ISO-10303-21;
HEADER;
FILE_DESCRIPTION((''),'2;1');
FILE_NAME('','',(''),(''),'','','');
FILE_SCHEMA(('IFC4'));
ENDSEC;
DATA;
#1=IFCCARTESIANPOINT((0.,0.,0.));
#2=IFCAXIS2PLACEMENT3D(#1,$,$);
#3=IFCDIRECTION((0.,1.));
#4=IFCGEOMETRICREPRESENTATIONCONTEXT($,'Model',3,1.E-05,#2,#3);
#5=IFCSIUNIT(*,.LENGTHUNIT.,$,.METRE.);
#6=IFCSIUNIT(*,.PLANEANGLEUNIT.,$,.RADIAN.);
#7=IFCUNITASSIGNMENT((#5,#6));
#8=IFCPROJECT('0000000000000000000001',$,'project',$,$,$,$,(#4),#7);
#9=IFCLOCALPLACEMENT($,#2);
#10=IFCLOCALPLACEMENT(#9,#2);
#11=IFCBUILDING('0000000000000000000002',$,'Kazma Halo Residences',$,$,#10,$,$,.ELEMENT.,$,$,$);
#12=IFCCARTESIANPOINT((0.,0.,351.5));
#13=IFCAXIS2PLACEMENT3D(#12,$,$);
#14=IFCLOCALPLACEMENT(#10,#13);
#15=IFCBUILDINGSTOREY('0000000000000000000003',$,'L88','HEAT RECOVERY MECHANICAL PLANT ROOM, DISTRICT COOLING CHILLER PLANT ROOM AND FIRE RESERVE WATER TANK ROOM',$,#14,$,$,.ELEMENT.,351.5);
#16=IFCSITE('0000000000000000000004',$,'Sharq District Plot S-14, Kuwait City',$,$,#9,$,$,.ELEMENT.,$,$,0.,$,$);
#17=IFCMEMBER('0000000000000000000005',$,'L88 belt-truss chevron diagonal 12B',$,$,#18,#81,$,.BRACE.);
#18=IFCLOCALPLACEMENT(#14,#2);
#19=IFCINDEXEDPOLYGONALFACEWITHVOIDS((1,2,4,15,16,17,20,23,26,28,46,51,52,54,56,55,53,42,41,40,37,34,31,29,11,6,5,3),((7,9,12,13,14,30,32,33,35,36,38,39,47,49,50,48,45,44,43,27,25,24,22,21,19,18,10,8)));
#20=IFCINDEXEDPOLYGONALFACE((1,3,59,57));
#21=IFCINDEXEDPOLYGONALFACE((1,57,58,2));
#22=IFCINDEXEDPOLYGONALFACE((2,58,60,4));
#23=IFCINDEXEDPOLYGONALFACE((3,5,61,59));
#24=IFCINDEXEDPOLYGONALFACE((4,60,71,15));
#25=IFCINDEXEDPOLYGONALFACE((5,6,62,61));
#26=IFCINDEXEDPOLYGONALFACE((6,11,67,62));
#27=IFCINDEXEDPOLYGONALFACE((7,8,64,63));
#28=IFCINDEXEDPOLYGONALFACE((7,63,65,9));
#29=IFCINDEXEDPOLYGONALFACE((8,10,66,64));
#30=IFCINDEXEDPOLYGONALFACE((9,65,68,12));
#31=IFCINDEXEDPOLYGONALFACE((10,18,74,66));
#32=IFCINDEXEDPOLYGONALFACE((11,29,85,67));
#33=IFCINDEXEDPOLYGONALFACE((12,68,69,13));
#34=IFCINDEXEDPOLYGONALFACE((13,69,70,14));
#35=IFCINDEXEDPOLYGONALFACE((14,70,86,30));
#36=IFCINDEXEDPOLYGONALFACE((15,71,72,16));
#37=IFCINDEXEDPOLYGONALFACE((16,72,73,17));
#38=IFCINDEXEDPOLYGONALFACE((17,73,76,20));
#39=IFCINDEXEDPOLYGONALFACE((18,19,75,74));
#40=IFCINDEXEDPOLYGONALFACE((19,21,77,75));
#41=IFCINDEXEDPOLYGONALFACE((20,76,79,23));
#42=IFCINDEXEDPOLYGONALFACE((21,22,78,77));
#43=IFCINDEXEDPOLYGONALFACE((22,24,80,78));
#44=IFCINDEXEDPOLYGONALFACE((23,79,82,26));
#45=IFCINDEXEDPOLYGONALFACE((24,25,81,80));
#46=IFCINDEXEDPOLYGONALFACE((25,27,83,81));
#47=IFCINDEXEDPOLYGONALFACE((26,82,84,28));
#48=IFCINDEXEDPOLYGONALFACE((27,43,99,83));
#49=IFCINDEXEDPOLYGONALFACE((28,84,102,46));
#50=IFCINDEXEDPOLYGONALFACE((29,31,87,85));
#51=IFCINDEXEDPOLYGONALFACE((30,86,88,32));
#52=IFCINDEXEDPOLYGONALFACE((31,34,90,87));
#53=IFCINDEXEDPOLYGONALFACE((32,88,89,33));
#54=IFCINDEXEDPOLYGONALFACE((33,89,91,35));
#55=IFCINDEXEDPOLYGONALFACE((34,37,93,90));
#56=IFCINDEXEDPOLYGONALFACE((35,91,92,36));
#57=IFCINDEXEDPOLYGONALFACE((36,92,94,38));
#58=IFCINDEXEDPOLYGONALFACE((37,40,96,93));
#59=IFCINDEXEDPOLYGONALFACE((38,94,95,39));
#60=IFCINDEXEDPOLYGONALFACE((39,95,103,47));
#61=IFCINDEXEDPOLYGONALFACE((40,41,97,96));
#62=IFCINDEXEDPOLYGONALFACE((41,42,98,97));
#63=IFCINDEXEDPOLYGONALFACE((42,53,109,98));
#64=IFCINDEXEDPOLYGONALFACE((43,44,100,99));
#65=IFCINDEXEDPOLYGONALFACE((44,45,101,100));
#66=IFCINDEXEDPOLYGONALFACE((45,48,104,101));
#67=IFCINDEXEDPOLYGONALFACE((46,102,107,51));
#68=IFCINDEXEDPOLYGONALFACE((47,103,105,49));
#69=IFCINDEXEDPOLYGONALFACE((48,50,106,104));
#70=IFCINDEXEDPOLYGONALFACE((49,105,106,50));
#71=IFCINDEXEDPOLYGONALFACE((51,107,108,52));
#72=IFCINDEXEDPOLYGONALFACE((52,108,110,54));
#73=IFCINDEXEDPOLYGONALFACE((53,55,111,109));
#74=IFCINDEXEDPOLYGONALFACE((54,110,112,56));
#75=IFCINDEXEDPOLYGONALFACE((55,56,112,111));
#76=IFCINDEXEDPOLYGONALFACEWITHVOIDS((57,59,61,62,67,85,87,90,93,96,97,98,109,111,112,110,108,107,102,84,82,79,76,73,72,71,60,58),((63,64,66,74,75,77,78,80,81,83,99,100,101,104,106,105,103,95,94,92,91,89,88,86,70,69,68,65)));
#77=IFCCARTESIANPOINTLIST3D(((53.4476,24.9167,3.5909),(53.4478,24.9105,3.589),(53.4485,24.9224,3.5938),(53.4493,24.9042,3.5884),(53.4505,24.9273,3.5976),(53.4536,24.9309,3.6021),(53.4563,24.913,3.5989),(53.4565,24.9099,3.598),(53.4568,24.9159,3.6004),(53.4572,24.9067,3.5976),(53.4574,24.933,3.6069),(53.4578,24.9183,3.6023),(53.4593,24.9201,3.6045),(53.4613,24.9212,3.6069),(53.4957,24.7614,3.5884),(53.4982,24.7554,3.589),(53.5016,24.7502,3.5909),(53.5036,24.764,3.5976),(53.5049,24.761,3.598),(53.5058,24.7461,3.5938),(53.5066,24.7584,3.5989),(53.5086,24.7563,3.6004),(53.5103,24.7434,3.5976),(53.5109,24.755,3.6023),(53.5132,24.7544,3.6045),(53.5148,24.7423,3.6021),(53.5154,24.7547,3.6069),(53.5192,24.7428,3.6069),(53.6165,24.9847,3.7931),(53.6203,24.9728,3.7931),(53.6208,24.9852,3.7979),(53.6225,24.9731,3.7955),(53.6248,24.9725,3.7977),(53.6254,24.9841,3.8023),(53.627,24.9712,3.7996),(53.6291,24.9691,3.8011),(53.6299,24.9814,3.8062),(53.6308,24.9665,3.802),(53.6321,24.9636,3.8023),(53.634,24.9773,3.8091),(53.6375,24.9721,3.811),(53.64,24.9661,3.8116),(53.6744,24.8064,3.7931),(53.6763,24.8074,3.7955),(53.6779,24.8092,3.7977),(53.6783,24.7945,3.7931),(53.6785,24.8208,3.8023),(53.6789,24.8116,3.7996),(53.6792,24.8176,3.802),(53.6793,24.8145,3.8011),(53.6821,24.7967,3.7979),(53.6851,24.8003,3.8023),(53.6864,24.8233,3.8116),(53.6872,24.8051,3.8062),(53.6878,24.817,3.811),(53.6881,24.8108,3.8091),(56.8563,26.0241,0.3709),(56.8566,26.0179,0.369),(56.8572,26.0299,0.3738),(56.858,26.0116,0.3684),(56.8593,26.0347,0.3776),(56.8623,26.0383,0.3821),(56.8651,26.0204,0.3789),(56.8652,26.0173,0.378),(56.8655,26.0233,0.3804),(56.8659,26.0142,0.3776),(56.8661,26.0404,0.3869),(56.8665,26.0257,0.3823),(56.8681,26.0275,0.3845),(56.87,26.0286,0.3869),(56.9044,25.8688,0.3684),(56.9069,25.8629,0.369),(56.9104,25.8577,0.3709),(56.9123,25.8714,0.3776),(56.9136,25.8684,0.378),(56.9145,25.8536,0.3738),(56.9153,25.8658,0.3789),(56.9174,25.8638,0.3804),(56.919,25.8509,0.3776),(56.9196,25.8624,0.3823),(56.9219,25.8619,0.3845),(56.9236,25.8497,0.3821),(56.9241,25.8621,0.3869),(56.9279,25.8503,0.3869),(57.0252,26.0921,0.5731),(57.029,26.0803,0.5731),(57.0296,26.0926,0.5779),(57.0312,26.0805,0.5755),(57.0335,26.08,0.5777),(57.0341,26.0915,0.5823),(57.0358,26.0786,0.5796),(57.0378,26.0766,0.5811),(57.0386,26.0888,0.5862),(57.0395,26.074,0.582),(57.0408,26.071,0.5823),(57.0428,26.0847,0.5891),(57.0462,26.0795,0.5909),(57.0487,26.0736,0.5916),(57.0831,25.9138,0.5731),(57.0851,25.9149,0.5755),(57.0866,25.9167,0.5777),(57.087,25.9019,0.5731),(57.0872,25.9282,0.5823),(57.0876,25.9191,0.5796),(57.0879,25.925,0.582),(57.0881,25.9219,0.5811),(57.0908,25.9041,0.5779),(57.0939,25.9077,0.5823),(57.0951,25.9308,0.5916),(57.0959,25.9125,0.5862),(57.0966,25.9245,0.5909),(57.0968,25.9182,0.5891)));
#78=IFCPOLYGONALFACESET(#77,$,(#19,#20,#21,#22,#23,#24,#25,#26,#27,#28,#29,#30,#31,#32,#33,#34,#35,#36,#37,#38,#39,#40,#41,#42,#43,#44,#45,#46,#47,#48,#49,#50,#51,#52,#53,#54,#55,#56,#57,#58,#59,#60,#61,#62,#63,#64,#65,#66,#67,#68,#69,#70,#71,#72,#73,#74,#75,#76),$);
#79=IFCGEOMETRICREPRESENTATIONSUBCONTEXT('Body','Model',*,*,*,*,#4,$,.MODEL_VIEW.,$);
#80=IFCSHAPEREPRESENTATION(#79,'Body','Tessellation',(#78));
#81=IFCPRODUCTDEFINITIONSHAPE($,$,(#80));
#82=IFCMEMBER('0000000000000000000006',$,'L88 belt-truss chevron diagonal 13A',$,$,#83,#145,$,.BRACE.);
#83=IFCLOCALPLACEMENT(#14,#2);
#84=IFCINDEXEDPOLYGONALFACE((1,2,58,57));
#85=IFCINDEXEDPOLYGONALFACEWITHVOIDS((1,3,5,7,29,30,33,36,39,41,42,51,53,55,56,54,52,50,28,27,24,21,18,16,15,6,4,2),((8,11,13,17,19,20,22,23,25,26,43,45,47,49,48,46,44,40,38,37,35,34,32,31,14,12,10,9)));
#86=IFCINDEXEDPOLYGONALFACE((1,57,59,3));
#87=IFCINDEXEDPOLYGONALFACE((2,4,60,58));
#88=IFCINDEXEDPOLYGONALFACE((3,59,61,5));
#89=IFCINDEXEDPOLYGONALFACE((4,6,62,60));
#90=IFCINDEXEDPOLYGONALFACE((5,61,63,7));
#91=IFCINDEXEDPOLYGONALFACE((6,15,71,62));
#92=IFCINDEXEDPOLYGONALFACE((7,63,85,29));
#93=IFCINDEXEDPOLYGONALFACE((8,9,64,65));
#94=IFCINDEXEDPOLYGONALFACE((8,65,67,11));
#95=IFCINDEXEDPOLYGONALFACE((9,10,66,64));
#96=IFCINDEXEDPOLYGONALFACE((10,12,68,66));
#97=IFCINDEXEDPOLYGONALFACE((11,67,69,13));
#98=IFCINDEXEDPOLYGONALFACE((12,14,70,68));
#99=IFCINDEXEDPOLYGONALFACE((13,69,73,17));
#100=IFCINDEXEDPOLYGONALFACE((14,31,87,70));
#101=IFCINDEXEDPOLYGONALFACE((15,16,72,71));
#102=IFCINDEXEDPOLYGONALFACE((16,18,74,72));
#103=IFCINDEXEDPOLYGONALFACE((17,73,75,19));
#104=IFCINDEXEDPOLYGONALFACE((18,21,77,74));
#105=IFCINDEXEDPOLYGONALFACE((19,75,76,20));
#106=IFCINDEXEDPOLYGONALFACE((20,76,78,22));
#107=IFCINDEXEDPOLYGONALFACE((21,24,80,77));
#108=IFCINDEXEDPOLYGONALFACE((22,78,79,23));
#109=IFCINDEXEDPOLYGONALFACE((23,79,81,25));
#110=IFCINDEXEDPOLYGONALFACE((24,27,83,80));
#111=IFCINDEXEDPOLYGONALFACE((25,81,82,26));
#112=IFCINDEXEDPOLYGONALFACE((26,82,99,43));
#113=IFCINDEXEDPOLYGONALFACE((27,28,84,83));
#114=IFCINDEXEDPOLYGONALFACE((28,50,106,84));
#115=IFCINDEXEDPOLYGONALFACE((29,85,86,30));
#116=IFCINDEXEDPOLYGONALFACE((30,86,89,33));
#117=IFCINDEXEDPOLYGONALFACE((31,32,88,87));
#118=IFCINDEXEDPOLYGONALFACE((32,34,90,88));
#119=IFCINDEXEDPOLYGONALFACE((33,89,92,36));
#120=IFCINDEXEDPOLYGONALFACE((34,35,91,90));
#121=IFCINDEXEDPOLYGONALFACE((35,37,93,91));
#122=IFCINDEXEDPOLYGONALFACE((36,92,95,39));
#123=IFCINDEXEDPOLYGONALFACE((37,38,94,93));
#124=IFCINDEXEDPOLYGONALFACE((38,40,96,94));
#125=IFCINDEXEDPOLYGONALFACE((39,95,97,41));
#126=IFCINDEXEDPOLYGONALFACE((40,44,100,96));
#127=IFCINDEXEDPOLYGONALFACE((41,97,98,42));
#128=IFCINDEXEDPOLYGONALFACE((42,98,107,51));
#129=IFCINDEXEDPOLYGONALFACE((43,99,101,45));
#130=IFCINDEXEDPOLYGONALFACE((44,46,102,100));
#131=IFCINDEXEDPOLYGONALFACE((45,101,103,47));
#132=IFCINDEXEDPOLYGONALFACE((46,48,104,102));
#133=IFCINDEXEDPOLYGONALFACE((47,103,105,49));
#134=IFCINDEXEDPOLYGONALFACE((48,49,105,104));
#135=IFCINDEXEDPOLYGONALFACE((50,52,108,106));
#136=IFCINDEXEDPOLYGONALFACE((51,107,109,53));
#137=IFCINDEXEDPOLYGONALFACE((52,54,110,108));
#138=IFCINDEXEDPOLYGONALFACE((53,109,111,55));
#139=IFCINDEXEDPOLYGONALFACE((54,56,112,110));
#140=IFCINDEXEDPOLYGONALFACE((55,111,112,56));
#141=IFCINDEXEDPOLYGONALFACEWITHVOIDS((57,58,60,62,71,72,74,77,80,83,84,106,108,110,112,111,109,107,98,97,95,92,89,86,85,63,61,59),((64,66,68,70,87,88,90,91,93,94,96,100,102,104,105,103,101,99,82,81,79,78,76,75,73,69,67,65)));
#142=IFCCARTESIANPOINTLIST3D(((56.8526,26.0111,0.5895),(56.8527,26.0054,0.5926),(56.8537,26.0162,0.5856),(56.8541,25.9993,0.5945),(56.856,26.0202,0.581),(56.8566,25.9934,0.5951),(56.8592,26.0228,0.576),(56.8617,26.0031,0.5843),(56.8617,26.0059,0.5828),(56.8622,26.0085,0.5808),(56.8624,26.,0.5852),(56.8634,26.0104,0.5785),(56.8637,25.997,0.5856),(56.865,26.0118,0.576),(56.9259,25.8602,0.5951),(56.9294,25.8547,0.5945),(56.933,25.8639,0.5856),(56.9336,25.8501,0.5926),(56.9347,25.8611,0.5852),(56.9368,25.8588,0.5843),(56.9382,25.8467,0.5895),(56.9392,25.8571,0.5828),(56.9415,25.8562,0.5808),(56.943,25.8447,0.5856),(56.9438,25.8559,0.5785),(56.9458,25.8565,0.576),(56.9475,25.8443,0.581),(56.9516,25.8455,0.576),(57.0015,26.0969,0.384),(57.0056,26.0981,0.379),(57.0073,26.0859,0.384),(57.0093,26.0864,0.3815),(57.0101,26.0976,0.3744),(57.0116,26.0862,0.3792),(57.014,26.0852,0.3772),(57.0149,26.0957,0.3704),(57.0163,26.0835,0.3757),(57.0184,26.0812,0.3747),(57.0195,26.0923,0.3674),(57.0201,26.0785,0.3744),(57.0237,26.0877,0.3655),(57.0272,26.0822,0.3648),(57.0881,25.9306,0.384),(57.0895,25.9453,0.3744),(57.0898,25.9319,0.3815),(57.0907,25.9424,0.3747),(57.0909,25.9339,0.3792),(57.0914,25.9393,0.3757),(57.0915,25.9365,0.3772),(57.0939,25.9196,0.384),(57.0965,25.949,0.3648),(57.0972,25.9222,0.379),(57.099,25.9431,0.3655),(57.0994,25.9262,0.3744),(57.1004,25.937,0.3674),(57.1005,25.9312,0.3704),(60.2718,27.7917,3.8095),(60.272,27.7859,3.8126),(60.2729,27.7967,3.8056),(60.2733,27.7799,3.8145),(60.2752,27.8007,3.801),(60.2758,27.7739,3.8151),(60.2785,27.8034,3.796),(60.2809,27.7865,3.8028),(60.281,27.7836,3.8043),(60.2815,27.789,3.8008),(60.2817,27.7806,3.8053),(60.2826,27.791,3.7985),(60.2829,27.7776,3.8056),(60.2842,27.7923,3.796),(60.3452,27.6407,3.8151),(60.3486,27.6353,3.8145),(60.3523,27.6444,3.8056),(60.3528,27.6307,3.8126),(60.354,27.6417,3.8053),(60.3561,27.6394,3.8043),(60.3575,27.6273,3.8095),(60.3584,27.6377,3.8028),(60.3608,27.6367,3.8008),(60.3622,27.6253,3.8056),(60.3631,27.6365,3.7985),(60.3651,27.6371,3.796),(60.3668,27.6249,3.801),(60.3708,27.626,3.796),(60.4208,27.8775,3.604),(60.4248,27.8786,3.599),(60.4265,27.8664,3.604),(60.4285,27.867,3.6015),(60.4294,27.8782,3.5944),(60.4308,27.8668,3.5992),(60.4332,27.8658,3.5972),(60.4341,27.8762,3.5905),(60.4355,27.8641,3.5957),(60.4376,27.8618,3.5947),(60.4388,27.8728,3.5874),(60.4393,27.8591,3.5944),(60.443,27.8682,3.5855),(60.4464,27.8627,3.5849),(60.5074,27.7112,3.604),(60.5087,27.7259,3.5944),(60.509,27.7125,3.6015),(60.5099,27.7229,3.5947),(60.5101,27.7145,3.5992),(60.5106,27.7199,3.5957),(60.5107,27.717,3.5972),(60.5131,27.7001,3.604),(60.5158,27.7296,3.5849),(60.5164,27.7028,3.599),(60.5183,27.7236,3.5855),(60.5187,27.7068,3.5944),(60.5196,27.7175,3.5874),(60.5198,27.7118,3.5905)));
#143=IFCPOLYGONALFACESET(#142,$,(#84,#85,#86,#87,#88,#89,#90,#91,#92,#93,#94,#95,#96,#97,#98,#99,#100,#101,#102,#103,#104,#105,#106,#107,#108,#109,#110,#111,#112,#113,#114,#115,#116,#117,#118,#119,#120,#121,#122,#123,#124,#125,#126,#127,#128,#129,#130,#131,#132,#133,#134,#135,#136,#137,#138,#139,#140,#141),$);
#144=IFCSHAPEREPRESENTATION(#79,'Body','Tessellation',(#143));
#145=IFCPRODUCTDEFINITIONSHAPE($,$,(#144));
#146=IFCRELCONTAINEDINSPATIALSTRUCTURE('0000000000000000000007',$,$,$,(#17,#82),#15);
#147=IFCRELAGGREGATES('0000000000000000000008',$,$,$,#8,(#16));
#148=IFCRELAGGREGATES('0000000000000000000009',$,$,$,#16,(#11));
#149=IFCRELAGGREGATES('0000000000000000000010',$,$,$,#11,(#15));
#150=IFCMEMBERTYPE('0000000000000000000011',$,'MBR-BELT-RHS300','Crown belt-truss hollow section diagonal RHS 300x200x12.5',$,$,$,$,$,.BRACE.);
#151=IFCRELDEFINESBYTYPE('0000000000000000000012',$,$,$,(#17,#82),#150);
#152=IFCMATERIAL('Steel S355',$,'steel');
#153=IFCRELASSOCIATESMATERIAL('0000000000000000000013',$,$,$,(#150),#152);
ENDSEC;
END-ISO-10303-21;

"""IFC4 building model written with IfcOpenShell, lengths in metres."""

from ifc_helpers import new_model, si_unit, direction, frame, origin, origin_2d, place, context, subcontext, project, spatial, hollow_rectangle, extrude, material, material_profile, profile_set, type_object, element, save


model = new_model("IFC4")

# Units and contexts
model_context = context("Model", 3, precision=1e-05, world=origin(), true_north=direction((0.0, 1.0)))
body_context = subcontext(model_context, "Body", "Model", "MODEL_VIEW")
ifc_project = project(units=[si_unit("LENGTHUNIT", "METRE"), si_unit("PLANEANGLEUNIT", "RADIAN")], contexts=[model_context])

# Site, building, storey
site_placement = place(None, origin())
site = spatial("IfcSite", under=ifc_project, at=site_placement, Name="Sharq District Plot S-14, Kuwait City", CompositionType="ELEMENT", RefElevation=0.0)
building_placement = place(site_placement, origin())
building = spatial("IfcBuilding", under=site, at=building_placement, Name="Kazma Halo Residences", CompositionType="ELEMENT")
storey_placement = place(building_placement, frame((0.0, 0.0, 351.5)))
storey = spatial("IfcBuildingStorey", under=building, at=storey_placement, Name="L88", Description="HEAT RECOVERY MECHANICAL PLANT ROOM, DISTRICT COOLING CHILLER PLANT ROOM AND FIRE RESERVE WATER TANK ROOM", CompositionType="ELEMENT", Elevation=351.5)

# Shared definitions
ifc_material_1 = material(Name="Steel S355", Category="steel")

# Members
ifc_material_profile_1 = material_profile(ifc_material_1, hollow_rectangle(XDim=0.2, YDim=0.3, WallThickness=0.0125, InnerFilletRadius=0.0125, OuterFilletRadius=0.0249, at=origin_2d()), Name="RHS300x200x12.5")
ifc_profile_set_1 = profile_set([ifc_material_profile_1], Name="Steel S355")
member_type_1 = type_object("IfcMemberType", Name="MBR-BELT-RHS300", Description="Crown belt-truss hollow section diagonal RHS 300x200x12.5", PredefinedType="BRACE", material=ifc_profile_set_1)
member_1_placement = place(storey_placement, frame((56.9766, 25.9712, 0.48), z_axis=(-0.707481, -0.229848, 0.668312), x_axis=(0.308984, -0.951067, 0.0)))
element("IfcMember", 1, at=member_1_placement, inside=storey, type_object=member_type_1, Name="L88 belt-truss chevron diagonal 12B", PredefinedType="BRACE", context=body_context, shape_type="SweptSolid", body=[
    extrude(hollow_rectangle(XDim=0.2, YDim=0.3, WallThickness=0.0125, InnerFilletRadius=0.0125, OuterFilletRadius=0.0249, at=origin_2d()), origin(), (0.0, 0.0, 1.0), 4.8181),
])
member_2_placement = place(storey_placement, frame((56.9766, 25.9712, 0.48), z_axis=(0.680723, 0.354481, 0.641061), x_axis=(-0.461871, 0.886947, 0.0)))
element("IfcMember", 2, at=member_2_placement, inside=storey, type_object=member_type_1, Name="L88 belt-truss chevron diagonal 13A", PredefinedType="BRACE", context=body_context, shape_type="SweptSolid", body=[
    extrude(hollow_rectangle(XDim=0.2, YDim=0.3, WallThickness=0.0125, InnerFilletRadius=0.0125, OuterFilletRadius=0.0249, at=origin_2d()), origin(), (0.0, 0.0, 1.0), 5.0229),
])

save(model, "model.ifc")
